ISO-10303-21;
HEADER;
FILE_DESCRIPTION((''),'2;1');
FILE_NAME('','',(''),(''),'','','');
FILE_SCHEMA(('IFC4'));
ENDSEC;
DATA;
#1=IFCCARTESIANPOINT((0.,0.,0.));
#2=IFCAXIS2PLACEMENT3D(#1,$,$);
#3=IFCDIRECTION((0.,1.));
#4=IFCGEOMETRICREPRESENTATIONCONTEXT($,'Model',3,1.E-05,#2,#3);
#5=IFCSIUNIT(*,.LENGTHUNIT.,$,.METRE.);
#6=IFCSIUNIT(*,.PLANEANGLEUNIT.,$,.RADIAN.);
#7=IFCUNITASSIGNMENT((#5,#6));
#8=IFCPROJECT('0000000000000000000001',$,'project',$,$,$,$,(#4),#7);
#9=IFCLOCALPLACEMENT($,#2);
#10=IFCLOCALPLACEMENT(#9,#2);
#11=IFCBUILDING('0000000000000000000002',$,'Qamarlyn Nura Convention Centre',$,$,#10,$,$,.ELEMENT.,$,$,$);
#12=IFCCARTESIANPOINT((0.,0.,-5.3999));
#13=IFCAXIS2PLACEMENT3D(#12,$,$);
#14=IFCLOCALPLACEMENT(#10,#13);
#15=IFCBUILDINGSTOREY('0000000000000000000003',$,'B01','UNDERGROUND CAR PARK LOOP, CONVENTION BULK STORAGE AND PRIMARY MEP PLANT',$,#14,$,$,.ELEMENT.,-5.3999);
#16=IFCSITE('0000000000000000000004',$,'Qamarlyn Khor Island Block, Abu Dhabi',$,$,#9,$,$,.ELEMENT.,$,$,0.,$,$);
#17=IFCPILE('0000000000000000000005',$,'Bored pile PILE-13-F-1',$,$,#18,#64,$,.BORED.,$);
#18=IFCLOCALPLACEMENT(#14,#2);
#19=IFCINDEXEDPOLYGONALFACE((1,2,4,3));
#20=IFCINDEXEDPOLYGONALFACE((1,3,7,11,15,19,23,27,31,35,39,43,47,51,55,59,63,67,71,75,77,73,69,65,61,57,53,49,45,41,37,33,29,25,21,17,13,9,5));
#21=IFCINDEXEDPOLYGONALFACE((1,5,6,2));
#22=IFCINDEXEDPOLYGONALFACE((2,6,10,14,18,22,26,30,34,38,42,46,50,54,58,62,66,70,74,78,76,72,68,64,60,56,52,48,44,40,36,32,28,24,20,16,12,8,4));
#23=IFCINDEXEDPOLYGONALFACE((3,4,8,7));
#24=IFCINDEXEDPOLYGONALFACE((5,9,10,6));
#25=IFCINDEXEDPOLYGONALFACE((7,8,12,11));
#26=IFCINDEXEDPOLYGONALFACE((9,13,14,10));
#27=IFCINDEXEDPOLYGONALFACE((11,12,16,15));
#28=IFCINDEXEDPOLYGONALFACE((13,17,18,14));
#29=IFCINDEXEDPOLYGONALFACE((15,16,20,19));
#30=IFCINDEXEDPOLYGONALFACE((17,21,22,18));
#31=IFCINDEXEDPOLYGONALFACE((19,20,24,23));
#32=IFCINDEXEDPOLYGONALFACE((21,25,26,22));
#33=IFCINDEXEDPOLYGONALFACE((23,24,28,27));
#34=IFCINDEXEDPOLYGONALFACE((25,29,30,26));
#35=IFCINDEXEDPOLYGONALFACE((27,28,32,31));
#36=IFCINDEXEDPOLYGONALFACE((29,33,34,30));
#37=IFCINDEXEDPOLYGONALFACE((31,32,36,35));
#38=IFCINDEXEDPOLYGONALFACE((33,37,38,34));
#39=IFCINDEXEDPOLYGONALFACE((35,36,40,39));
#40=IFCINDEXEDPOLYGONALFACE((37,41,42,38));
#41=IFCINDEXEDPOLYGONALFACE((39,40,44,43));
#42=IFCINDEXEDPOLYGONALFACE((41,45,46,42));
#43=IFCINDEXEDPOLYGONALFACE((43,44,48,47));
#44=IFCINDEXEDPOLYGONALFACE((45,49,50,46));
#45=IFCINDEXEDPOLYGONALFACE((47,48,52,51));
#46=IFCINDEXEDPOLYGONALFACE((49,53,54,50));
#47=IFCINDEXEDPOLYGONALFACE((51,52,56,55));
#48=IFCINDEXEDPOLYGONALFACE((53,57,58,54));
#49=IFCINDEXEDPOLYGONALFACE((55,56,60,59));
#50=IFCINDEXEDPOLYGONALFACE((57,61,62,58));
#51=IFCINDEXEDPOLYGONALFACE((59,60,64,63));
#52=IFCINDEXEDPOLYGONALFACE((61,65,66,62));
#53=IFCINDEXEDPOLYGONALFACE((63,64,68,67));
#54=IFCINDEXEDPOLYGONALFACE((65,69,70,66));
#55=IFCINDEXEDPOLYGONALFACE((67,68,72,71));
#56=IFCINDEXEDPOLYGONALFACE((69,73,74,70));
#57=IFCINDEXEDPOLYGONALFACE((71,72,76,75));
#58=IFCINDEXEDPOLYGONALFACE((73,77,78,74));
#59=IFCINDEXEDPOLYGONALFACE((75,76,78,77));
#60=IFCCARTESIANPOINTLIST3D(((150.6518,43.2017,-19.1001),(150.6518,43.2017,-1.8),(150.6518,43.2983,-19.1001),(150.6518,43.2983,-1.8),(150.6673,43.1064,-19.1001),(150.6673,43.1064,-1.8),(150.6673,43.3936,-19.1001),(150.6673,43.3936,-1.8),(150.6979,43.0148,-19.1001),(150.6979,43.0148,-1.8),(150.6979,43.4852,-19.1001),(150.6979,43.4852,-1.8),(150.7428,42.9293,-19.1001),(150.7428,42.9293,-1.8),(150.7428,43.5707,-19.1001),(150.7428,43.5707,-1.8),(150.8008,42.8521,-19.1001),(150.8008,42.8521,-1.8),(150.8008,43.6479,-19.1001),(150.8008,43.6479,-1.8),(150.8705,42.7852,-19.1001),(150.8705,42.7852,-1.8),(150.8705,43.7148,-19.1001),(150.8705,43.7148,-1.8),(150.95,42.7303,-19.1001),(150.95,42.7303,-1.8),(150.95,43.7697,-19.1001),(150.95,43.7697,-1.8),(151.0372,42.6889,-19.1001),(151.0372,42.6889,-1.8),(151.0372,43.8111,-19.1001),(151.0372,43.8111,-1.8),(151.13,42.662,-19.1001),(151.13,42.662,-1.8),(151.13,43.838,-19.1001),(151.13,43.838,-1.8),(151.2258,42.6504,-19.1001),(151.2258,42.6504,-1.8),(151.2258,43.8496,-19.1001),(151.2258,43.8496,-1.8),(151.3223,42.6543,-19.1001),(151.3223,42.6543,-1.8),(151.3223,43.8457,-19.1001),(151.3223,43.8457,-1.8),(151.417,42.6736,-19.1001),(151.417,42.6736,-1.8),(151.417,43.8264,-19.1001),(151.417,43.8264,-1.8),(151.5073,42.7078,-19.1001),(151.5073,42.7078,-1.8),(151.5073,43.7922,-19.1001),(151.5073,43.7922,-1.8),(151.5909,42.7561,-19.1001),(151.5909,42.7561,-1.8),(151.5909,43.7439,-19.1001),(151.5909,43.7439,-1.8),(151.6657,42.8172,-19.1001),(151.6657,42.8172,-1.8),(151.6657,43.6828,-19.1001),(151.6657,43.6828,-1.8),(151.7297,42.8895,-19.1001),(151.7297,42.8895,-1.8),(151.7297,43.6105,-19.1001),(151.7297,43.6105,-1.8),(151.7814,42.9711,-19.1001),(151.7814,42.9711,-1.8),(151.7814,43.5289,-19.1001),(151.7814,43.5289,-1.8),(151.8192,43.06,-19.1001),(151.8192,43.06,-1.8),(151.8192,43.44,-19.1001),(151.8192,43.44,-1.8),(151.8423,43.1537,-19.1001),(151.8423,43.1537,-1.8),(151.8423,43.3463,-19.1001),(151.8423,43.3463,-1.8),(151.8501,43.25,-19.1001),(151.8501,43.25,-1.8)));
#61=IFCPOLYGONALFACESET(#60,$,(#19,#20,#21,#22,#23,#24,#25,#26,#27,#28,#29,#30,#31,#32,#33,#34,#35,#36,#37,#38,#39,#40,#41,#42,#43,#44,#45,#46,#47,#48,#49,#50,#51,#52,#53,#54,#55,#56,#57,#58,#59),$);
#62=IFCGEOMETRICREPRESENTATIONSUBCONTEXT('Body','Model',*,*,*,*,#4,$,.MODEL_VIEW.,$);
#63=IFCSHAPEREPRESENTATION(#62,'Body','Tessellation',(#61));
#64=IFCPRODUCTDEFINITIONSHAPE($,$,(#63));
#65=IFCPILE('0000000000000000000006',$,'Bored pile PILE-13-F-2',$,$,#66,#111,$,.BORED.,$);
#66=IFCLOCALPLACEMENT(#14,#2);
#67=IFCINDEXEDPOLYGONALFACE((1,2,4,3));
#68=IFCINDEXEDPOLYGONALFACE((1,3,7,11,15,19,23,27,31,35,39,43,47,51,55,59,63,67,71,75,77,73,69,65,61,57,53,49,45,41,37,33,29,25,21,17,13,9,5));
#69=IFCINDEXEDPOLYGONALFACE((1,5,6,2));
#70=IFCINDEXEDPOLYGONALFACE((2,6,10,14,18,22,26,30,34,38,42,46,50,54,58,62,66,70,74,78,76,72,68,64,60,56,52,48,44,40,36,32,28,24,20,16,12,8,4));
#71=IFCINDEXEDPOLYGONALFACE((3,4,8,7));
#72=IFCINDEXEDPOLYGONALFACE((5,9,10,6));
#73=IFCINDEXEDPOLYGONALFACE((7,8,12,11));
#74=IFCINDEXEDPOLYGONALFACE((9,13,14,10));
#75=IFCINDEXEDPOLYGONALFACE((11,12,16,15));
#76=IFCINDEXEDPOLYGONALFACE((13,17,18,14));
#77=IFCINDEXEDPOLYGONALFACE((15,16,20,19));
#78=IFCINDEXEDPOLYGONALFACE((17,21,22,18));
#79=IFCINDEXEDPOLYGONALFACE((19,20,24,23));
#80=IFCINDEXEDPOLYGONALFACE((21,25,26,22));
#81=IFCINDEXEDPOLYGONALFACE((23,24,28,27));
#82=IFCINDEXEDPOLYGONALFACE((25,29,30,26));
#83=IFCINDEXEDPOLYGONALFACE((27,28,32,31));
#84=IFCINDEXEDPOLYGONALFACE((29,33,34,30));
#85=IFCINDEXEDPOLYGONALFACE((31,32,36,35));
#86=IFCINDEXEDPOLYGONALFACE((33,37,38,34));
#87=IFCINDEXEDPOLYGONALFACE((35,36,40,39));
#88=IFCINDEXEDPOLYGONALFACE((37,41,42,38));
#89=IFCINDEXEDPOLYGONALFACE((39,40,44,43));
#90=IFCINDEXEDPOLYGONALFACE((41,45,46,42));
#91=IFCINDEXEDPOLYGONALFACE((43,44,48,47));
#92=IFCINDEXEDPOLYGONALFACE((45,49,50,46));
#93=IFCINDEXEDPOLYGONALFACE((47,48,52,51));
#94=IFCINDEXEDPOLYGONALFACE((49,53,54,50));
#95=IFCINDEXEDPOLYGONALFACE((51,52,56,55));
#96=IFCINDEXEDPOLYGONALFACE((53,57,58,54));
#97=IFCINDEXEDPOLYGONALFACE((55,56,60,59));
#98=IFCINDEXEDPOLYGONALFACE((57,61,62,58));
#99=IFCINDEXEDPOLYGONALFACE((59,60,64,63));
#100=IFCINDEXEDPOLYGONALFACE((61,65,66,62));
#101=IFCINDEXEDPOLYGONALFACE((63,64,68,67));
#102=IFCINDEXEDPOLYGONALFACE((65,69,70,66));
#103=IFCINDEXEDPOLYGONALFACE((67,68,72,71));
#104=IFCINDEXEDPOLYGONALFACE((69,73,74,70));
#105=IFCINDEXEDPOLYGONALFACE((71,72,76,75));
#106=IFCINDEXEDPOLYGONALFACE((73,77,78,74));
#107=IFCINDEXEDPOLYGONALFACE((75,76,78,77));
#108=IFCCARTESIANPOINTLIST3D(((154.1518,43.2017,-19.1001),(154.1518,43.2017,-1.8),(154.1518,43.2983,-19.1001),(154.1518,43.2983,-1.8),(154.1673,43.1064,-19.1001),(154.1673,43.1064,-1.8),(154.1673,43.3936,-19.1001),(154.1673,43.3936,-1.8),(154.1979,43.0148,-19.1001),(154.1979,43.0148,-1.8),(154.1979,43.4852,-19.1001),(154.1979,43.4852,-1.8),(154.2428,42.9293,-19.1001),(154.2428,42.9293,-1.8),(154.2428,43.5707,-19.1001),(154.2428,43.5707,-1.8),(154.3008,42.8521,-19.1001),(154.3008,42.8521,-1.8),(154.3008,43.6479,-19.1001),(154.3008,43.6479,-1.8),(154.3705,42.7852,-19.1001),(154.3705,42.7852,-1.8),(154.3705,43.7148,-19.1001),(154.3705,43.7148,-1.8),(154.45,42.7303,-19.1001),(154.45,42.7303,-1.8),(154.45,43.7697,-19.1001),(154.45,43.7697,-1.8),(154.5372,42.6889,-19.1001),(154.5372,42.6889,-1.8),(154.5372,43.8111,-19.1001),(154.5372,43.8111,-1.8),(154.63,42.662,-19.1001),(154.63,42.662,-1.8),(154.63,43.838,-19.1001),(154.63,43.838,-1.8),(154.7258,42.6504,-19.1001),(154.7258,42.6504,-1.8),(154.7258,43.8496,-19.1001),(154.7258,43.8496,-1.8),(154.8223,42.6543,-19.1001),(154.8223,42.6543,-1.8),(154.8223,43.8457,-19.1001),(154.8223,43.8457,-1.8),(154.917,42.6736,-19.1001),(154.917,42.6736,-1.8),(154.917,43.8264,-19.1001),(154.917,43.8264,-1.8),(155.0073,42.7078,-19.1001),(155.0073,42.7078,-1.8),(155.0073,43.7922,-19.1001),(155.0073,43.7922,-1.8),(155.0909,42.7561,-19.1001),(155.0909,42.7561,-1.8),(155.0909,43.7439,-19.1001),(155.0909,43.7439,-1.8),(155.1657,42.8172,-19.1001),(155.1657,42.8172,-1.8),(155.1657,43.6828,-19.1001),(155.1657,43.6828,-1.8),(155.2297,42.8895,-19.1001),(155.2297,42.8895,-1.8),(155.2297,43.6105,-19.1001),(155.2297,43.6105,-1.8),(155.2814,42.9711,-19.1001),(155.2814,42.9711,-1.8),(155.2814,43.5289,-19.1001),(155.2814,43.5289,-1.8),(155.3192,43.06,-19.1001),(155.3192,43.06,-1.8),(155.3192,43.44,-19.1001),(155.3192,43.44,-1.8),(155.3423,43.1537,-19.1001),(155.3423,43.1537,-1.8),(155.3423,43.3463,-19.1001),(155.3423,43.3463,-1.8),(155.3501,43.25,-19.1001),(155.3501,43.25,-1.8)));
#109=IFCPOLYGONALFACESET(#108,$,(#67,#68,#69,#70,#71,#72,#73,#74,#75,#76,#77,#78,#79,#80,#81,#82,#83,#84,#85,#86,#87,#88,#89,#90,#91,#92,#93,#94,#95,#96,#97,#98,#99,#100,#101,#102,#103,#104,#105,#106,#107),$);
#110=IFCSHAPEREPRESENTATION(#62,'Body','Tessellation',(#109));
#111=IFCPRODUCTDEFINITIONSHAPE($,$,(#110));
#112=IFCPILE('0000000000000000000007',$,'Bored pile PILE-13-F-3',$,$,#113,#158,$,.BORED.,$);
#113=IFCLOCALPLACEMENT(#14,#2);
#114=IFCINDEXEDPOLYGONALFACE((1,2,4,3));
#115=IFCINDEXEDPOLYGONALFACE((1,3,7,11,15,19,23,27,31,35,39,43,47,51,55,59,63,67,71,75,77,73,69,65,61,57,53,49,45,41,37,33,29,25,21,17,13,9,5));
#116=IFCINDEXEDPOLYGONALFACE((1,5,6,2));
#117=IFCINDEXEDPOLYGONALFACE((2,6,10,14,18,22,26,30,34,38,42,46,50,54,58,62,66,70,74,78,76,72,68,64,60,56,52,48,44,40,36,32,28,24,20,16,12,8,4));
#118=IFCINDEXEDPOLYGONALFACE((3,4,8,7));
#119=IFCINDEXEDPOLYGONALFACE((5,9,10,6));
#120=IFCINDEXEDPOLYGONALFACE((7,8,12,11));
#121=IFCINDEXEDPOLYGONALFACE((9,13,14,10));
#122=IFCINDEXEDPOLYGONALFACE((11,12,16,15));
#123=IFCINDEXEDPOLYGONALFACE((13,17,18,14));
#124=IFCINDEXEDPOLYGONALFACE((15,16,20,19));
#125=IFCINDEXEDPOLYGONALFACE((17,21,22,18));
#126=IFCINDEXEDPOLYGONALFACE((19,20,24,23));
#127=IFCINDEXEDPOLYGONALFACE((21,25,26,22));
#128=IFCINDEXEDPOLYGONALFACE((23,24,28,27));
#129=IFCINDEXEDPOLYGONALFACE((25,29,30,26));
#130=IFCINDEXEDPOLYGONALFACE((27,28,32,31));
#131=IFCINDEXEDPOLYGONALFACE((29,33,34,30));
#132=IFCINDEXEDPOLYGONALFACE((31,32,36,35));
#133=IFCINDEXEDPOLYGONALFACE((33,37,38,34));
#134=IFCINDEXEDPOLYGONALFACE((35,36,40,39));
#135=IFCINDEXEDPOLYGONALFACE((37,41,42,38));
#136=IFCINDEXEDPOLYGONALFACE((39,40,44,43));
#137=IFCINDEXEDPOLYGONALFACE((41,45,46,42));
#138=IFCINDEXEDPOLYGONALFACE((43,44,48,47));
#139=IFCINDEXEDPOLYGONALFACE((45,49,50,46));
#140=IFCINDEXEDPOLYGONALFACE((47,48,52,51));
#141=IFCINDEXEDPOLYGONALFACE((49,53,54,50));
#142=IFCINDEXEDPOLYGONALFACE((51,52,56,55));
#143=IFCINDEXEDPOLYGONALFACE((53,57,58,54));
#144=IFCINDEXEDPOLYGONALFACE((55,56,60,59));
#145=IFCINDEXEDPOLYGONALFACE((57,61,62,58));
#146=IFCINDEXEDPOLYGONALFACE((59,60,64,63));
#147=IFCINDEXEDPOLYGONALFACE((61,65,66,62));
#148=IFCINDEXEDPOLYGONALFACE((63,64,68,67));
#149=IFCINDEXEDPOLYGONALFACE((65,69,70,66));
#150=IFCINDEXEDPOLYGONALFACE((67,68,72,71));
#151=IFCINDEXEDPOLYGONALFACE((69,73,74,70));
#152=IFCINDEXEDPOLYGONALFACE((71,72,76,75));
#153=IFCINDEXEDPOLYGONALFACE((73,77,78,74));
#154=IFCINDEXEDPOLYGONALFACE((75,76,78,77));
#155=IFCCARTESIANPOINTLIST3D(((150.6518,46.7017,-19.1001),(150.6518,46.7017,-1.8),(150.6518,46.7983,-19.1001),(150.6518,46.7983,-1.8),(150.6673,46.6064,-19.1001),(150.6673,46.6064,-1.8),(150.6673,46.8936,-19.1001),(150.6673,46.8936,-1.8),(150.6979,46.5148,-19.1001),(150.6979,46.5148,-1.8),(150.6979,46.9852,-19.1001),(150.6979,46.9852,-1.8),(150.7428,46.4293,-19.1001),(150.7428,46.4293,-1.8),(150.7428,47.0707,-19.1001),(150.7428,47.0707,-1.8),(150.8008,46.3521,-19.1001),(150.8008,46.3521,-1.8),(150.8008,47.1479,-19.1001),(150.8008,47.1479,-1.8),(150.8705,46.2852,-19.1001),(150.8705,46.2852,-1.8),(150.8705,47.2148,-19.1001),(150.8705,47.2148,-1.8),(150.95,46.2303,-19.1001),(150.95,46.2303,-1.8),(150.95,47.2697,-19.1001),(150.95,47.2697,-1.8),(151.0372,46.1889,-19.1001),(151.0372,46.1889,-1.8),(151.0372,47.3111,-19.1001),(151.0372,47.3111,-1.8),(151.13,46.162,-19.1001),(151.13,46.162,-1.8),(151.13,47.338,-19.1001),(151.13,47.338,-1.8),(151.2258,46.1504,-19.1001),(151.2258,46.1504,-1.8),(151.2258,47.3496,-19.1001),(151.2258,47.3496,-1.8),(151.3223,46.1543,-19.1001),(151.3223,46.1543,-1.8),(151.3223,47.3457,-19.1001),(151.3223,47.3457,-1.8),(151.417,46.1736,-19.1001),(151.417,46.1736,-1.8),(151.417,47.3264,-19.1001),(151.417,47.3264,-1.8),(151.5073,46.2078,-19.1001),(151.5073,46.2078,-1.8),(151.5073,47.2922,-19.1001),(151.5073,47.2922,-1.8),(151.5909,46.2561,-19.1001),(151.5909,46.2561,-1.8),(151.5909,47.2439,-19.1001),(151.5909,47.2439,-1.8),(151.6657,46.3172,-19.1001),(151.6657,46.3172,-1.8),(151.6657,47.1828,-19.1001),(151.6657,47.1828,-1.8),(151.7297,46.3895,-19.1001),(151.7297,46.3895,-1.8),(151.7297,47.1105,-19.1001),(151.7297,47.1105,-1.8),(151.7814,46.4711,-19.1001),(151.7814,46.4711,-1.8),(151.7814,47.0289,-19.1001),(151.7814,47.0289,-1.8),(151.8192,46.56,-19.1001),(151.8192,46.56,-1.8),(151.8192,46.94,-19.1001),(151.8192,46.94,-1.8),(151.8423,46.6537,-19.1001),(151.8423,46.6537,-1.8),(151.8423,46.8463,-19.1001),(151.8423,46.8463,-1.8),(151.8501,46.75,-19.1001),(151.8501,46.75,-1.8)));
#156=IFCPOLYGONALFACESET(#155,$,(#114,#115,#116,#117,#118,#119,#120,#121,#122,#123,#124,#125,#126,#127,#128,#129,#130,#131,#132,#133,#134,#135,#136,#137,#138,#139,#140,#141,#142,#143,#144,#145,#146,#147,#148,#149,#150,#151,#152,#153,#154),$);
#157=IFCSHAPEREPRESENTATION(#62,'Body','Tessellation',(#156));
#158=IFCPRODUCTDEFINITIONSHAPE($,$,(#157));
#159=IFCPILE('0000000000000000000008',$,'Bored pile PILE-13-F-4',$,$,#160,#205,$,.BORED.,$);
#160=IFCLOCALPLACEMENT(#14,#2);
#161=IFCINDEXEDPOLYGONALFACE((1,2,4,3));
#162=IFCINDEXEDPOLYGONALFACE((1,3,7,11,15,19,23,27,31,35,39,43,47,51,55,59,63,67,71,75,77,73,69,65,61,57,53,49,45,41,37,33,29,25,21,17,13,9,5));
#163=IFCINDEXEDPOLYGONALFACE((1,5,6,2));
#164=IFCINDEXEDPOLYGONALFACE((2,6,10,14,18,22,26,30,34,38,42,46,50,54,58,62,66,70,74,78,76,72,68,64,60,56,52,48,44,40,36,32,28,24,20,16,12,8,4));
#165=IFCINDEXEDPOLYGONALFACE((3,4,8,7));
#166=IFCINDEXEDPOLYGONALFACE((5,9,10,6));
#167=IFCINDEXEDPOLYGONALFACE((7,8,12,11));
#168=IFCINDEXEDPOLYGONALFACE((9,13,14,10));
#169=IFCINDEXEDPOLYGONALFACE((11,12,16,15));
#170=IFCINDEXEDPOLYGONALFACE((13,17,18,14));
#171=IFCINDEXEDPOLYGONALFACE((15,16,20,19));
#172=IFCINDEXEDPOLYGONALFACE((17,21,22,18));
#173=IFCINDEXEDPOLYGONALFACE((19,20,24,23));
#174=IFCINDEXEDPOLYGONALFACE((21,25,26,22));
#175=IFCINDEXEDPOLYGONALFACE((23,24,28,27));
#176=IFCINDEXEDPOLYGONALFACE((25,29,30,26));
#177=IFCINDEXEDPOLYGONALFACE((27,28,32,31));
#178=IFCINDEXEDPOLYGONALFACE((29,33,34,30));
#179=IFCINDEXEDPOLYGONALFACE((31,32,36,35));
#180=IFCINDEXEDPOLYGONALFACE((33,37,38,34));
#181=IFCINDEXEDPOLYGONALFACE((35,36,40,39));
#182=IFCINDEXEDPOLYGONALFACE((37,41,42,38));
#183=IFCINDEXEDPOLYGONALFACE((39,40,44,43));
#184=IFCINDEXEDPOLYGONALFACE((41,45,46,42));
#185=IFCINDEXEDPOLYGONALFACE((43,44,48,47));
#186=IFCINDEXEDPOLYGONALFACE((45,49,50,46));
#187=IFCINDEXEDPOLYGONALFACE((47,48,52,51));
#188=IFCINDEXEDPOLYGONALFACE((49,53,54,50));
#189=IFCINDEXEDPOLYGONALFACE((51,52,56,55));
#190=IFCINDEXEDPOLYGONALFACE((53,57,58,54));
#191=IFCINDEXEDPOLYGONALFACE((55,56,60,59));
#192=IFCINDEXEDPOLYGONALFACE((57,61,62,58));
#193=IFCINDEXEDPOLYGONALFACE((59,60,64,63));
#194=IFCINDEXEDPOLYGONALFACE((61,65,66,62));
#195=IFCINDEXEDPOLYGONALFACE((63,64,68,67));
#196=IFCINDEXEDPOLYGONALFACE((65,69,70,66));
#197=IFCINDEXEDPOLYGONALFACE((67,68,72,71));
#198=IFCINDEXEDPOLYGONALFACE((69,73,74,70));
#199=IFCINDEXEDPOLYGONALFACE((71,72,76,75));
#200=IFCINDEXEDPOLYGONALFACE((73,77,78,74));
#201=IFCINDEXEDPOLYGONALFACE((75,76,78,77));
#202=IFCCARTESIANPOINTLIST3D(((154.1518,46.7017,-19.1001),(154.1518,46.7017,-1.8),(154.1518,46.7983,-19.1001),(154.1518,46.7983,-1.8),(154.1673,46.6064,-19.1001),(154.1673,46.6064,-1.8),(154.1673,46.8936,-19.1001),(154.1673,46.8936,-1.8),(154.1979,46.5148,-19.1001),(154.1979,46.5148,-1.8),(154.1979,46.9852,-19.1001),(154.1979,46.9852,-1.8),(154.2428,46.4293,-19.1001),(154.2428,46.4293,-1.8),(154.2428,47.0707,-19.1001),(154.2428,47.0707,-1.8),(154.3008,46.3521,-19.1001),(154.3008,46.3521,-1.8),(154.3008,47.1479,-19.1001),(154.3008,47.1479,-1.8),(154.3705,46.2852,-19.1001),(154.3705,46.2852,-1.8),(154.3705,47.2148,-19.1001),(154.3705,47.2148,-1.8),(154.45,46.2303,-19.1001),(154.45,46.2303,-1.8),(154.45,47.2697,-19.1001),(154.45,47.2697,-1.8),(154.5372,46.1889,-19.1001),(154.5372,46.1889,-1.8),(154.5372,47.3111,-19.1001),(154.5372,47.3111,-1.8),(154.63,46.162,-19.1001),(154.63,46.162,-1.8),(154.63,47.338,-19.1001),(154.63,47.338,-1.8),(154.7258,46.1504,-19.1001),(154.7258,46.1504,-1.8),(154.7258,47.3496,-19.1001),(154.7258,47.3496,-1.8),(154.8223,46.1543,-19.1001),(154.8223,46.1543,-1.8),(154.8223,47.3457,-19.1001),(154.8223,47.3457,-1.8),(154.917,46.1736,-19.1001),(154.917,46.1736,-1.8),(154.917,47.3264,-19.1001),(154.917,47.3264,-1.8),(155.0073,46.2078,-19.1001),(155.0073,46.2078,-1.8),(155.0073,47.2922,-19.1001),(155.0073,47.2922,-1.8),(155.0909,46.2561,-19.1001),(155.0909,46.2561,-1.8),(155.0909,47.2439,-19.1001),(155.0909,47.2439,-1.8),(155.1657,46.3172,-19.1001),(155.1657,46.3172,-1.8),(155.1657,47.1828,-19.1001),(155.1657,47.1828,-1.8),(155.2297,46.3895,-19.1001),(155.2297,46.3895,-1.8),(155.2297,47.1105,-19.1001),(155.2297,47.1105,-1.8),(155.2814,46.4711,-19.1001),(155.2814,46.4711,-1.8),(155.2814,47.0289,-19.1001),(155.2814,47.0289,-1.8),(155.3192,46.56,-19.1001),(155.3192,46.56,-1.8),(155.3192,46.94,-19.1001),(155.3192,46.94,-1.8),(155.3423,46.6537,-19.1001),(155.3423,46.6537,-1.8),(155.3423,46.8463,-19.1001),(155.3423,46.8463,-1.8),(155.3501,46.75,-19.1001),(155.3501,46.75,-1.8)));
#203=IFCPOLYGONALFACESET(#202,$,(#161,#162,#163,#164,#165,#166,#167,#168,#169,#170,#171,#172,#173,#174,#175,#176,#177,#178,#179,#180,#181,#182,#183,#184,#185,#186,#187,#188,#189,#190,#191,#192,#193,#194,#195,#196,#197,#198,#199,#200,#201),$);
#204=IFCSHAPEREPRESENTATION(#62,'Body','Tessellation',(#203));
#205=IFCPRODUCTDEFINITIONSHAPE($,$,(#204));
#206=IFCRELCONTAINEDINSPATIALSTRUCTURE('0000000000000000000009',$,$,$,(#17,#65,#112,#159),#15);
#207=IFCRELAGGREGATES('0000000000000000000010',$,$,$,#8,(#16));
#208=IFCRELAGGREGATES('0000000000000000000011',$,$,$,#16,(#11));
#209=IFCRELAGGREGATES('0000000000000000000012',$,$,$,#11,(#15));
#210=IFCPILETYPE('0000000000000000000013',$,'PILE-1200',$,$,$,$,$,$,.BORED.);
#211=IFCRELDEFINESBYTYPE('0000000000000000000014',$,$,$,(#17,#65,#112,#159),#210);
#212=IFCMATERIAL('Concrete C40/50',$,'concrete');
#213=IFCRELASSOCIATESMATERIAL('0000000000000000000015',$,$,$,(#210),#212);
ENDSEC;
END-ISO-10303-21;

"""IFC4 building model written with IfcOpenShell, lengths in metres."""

from ifc_helpers import new_model, si_unit, direction, frame, origin, origin_2d, place, context, subcontext, project, spatial, circle, extrude, material, material_profile, profile_set, type_object, element, save


model = new_model("IFC4")

# Units and contexts
model_context = context("Model", 3, precision=1e-05, world=origin(), true_north=direction((0.0, 1.0)))
body_context = subcontext(model_context, "Body", "Model", "MODEL_VIEW")
ifc_project = project(units=[si_unit("LENGTHUNIT", "METRE"), si_unit("PLANEANGLEUNIT", "RADIAN")], contexts=[model_context])

# Site, building, storey
site_placement = place(None, origin())
site = spatial("IfcSite", under=ifc_project, at=site_placement, Name="Qamarlyn Khor Island Block, Abu Dhabi", CompositionType="ELEMENT", RefElevation=0.0)
building_placement = place(site_placement, origin())
building = spatial("IfcBuilding", under=site, at=building_placement, Name="Qamarlyn Nura Convention Centre", CompositionType="ELEMENT")
storey_placement = place(building_placement, frame((0.0, 0.0, -5.3999)))
storey = spatial("IfcBuildingStorey", under=building, at=storey_placement, Name="B01", Description="UNDERGROUND CAR PARK LOOP, CONVENTION BULK STORAGE AND PRIMARY MEP PLANT", CompositionType="ELEMENT", Elevation=-5.3999)

# Shared definitions
ifc_material_1 = material(Name="Concrete C40/50", Category="concrete")

# Piles
ifc_material_profile_1 = material_profile(ifc_material_1, circle(Radius=0.6001, at=origin_2d()), Name="BORED PILE 1200")
ifc_profile_set_1 = profile_set([ifc_material_profile_1], Name="Concrete C40/50")
pile_type_1 = type_object("IfcPileType", Name="PILE-1200", PredefinedType="BORED", material=ifc_profile_set_1)
for number, where, z_axis, x_axis, name in (
    (1, (151.25, 43.25, -1.8), (0.0, 0.0, -1.0), (1.0, 0.0, 0.0), "Bored pile PILE-13-F-1"),
    (2, (154.75, 43.25, -1.8), (0.0, 0.0, -1.0), (1.0, 0.0, 0.0), "Bored pile PILE-13-F-2"),
    (3, (151.25, 46.75, -1.8), (0.0, 0.0, -1.0), (1.0, 0.0, 0.0), "Bored pile PILE-13-F-3"),
    (4, (154.75, 46.75, -1.8), (0.0, 0.0, -1.0), (1.0, 0.0, 0.0), "Bored pile PILE-13-F-4"),
):
    element("IfcPile", number, at=place(storey_placement, frame(where, z_axis=z_axis, x_axis=x_axis)), inside=storey, type_object=pile_type_1, Name=name, PredefinedType="BORED", context=body_context, shape_type="SweptSolid", body=[
        extrude(circle(Radius=0.6001, at=origin_2d()), origin(), (0.0, 0.0, 1.0), 17.3),
    ])

save(model, "model.ifc")
